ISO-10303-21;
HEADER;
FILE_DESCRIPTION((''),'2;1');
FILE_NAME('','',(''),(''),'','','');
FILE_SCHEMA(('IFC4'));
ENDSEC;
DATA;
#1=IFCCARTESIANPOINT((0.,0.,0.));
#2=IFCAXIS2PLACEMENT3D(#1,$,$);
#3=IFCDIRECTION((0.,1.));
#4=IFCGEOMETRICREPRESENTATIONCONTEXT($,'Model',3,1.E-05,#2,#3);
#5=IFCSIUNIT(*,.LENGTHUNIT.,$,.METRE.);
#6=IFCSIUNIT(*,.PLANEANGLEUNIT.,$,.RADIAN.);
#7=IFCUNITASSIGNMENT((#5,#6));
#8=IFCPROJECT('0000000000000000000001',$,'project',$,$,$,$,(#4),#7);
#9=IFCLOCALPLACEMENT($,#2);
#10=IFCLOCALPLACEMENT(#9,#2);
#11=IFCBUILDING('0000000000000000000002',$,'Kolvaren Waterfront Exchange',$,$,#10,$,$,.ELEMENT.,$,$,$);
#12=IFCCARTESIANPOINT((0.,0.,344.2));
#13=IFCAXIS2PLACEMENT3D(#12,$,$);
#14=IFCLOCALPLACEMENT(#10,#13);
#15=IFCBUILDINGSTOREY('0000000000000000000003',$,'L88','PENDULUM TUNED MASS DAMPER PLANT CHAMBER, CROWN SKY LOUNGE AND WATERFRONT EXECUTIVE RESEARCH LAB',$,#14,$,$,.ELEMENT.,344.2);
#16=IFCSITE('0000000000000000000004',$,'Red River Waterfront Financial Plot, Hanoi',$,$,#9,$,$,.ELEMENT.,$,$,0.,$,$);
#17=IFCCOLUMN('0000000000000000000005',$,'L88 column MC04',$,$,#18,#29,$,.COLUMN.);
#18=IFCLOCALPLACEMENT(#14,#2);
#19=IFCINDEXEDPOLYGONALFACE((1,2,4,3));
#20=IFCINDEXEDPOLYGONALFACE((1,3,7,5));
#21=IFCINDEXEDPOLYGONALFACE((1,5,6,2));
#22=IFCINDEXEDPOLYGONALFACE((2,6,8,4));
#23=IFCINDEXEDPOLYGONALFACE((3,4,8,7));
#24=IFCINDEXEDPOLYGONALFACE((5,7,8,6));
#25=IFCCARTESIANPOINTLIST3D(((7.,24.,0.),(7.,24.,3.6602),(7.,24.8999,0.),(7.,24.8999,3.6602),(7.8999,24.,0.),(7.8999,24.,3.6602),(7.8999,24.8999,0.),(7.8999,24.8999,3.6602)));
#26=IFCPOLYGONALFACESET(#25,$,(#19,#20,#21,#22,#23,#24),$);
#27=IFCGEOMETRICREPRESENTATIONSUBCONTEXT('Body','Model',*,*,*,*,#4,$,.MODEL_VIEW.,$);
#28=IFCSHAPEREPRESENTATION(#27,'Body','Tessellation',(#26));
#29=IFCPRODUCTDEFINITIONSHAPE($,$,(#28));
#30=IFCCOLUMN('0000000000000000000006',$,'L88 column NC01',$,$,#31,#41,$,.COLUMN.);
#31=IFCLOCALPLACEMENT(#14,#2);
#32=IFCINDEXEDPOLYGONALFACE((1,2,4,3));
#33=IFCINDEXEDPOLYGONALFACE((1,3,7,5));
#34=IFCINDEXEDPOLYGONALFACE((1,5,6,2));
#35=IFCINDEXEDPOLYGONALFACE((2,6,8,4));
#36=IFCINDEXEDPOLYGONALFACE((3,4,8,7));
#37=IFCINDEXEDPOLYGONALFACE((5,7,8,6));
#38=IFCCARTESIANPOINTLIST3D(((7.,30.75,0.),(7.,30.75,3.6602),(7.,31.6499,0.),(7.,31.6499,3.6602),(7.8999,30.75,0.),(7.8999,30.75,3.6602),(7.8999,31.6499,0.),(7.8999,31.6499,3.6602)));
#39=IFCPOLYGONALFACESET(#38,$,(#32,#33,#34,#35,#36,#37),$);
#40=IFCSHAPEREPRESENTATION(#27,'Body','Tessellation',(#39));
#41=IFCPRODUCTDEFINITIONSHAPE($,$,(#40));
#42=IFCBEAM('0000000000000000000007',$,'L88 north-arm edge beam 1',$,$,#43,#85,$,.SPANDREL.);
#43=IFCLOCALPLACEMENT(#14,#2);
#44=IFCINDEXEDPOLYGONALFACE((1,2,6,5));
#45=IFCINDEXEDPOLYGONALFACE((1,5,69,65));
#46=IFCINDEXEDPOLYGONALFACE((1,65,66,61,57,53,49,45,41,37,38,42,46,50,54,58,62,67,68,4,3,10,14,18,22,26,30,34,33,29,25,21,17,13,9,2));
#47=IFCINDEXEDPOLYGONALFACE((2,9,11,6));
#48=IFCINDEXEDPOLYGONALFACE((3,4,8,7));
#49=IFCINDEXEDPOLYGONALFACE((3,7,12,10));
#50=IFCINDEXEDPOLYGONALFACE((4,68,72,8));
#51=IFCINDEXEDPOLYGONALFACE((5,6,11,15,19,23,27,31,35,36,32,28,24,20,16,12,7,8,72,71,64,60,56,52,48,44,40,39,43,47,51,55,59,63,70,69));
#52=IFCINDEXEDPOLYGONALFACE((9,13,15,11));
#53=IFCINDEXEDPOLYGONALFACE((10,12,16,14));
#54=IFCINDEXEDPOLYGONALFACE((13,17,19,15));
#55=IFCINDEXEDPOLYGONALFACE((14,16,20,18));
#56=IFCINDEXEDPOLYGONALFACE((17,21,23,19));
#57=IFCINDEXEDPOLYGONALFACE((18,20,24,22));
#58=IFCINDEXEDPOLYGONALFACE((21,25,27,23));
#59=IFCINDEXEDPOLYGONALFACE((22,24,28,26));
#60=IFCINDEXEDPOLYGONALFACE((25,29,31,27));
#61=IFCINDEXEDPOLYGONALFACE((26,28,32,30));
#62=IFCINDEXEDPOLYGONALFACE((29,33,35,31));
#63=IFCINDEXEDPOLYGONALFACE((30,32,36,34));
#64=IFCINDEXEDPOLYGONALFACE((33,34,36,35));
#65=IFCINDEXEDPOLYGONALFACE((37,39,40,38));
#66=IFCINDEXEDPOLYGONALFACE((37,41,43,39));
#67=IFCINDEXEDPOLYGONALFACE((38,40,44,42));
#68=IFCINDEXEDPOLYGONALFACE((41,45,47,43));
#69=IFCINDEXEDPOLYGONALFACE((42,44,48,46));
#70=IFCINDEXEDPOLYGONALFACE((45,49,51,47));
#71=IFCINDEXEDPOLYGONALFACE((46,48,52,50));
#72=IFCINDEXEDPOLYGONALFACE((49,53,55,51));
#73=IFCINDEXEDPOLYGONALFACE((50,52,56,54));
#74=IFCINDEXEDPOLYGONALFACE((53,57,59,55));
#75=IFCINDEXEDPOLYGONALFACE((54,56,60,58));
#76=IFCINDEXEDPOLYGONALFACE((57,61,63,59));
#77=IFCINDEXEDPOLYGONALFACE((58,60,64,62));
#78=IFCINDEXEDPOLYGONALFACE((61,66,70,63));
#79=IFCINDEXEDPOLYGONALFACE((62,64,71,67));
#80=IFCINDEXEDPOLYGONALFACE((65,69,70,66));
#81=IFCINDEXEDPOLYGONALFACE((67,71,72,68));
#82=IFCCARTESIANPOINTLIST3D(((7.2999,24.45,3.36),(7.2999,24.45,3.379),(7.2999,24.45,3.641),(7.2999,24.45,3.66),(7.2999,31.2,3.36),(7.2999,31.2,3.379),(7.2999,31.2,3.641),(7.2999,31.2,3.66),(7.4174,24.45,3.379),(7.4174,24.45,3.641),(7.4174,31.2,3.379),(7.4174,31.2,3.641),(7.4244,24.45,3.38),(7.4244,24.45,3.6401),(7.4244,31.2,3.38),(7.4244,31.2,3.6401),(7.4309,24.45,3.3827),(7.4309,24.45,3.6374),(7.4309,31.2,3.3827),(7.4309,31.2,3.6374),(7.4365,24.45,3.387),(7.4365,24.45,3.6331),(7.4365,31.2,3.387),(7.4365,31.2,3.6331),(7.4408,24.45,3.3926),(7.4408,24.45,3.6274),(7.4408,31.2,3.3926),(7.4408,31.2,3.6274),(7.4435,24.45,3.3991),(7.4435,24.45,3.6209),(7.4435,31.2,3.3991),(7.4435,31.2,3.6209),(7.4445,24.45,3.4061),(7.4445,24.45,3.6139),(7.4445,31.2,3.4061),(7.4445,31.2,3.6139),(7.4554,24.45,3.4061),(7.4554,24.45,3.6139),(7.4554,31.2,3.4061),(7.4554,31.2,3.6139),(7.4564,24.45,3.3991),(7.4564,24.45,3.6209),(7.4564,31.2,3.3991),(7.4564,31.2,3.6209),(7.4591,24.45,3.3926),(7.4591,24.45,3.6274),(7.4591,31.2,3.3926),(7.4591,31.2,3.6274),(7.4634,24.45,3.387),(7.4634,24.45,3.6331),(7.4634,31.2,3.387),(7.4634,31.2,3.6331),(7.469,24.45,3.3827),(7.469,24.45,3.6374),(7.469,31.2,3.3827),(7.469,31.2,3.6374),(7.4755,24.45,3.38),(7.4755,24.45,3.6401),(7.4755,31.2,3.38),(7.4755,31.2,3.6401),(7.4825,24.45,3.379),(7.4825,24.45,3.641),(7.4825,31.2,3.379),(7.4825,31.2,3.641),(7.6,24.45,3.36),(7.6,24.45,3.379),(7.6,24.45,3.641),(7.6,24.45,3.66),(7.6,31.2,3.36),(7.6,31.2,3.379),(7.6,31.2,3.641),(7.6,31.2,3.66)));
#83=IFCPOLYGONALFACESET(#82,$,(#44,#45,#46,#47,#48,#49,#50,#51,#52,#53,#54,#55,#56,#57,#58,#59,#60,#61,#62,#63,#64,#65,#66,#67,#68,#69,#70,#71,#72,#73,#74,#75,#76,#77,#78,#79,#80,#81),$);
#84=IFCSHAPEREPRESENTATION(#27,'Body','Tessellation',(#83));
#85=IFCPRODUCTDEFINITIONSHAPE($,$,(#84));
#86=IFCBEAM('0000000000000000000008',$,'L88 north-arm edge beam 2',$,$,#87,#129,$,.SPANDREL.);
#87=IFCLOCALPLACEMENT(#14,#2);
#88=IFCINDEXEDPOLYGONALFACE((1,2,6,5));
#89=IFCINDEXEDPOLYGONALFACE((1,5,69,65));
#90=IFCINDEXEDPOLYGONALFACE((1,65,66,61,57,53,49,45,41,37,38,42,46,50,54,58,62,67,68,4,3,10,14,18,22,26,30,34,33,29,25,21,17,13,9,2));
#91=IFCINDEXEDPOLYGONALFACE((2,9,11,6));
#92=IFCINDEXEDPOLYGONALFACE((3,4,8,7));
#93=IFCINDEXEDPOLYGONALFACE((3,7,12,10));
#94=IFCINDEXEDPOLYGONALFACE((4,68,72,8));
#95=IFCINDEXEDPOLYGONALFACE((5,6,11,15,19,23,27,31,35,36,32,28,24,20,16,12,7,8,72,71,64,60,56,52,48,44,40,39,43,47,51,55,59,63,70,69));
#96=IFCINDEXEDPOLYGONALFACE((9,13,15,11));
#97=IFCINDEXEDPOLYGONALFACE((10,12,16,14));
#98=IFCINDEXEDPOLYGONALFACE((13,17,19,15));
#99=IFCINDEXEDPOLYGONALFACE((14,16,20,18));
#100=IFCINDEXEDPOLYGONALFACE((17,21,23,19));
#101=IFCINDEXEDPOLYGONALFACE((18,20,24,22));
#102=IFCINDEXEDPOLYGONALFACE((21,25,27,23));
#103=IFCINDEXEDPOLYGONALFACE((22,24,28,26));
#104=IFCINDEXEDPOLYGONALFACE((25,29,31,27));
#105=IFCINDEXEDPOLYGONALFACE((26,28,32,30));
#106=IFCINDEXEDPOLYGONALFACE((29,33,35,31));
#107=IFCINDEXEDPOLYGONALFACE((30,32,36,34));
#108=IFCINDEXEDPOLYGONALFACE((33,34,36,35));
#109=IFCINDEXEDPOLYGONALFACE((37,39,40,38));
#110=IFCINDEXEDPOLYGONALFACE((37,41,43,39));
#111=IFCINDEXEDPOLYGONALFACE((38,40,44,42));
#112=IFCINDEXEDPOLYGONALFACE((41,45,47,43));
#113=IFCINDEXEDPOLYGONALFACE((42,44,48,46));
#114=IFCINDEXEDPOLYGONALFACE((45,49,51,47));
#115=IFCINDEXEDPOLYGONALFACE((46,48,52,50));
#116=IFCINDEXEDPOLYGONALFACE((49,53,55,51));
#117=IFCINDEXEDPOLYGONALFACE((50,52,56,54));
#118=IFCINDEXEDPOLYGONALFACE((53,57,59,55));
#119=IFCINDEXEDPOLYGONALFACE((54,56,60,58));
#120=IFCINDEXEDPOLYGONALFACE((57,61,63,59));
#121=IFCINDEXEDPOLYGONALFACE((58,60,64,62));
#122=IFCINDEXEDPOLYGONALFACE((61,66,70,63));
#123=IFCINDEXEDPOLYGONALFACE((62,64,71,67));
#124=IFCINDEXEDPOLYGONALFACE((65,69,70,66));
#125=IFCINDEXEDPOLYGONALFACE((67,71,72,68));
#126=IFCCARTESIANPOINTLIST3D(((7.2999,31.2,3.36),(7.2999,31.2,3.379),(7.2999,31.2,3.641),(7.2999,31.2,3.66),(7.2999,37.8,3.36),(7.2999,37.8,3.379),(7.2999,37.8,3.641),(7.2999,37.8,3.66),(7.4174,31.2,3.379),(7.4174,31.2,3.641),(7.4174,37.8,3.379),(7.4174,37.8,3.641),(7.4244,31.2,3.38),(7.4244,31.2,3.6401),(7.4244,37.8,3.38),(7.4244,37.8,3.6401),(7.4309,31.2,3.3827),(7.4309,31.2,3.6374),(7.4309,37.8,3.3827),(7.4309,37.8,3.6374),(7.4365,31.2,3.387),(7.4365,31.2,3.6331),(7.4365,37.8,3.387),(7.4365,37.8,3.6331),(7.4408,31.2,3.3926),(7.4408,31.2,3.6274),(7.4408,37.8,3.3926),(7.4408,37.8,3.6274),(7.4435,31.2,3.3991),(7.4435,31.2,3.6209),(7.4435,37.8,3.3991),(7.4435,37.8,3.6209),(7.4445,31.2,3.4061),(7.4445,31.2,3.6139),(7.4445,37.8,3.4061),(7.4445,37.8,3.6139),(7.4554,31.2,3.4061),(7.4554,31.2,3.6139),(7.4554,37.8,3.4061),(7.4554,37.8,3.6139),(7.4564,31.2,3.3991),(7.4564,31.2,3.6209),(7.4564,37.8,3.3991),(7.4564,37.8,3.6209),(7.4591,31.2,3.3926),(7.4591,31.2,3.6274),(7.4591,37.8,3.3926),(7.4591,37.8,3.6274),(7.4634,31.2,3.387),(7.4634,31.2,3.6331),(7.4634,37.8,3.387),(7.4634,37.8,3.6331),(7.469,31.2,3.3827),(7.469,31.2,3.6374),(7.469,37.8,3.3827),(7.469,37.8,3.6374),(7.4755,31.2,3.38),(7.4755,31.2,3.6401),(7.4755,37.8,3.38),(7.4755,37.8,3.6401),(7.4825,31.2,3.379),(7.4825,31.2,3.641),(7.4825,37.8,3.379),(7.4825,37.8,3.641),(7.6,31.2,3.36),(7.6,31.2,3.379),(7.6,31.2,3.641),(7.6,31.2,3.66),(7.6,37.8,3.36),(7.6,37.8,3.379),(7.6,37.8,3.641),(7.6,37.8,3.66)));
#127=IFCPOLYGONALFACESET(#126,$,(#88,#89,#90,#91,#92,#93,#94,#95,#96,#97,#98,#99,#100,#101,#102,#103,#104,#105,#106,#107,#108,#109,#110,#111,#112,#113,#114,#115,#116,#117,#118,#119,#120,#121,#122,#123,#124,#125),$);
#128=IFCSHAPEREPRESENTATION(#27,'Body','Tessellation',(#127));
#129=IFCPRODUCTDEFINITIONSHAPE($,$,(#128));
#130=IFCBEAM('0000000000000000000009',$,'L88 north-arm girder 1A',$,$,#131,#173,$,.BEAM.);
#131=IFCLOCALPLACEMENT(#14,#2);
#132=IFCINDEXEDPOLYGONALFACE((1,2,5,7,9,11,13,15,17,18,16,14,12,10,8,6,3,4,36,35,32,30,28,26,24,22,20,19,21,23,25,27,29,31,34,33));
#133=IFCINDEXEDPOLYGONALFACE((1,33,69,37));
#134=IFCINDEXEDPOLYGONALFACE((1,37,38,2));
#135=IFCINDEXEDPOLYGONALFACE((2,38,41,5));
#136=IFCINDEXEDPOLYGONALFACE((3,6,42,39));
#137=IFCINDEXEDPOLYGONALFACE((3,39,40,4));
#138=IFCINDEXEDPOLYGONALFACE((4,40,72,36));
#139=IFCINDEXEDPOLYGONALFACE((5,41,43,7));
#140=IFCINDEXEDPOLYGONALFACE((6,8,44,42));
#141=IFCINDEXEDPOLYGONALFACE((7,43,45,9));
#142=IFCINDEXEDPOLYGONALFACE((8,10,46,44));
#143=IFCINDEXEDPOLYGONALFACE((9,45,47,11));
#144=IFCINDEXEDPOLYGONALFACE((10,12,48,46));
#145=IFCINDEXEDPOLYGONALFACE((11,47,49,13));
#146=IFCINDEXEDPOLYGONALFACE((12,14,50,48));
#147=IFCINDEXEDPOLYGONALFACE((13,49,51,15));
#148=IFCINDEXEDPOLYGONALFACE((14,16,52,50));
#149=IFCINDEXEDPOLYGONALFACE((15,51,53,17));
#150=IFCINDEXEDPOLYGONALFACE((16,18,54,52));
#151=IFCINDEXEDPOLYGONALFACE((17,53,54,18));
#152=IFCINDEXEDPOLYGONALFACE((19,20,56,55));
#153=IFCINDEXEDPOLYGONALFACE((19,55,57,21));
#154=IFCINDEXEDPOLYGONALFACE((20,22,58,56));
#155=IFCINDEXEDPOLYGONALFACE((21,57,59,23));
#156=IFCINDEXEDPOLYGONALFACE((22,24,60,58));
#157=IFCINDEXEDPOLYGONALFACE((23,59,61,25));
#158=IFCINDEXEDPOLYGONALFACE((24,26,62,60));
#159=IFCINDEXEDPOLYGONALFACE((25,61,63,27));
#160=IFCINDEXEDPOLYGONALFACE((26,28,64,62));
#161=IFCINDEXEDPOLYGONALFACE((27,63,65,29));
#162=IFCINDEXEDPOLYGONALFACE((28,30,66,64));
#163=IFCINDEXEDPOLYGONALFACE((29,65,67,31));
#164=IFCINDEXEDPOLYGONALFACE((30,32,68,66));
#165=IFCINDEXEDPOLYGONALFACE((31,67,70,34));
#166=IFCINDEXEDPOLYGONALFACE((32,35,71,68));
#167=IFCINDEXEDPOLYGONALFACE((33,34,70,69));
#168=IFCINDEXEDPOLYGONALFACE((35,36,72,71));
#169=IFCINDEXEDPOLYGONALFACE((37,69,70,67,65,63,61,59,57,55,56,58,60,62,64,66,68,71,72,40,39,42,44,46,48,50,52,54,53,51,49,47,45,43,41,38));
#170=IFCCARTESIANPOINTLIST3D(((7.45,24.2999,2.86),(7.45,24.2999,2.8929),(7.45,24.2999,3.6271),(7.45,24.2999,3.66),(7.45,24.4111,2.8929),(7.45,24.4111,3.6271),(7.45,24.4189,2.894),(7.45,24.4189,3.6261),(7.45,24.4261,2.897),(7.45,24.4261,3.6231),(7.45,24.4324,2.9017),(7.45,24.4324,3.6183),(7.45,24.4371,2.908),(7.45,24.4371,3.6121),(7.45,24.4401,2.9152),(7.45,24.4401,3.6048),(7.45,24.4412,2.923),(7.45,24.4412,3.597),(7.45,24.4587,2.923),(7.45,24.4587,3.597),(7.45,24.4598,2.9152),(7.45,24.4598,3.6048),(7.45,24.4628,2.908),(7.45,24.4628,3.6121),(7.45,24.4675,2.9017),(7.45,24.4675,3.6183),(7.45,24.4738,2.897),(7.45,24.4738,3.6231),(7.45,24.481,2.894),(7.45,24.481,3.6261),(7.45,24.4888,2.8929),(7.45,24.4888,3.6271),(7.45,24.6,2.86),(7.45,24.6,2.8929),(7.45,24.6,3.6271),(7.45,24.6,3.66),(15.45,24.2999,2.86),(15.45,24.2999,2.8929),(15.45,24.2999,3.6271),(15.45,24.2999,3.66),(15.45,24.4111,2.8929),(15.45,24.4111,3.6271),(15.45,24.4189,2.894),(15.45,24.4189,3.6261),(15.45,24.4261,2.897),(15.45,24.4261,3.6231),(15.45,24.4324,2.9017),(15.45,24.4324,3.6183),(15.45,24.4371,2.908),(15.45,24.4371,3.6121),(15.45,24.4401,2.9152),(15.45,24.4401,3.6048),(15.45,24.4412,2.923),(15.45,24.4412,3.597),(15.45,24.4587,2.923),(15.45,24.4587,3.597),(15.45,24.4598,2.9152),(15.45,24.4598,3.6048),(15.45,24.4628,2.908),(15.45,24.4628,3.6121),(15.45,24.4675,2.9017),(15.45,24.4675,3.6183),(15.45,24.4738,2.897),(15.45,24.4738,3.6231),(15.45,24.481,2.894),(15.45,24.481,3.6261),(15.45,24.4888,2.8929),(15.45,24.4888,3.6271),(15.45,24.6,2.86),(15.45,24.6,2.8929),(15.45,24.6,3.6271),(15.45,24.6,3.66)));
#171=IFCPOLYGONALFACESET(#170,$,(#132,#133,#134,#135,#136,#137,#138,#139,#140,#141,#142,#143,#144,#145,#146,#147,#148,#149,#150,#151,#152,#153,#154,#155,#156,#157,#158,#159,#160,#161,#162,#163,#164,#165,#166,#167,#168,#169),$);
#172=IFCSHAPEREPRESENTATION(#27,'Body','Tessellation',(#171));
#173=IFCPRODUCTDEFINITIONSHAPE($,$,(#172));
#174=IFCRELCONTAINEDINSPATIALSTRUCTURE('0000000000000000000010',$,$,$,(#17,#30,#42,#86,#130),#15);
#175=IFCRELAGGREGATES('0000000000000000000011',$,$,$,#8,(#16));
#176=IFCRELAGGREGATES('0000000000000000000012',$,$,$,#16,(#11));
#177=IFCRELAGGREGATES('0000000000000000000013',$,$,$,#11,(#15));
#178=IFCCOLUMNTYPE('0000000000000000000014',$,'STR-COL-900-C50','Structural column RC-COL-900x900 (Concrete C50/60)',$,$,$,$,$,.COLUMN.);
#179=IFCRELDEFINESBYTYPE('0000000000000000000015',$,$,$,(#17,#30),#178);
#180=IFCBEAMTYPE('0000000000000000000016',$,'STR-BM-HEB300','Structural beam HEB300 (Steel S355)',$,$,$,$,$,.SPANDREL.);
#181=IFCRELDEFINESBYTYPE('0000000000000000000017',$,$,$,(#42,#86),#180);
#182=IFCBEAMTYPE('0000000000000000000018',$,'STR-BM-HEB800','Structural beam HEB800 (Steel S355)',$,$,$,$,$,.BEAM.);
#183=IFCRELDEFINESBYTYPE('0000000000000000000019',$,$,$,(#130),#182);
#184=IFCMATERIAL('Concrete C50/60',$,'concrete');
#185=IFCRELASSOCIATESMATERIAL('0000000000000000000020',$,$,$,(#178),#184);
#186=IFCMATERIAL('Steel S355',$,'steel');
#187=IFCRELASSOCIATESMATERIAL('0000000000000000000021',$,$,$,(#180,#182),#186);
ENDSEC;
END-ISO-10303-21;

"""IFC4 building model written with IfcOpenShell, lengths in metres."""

from ifc_helpers import new_model, si_unit, direction, frame, origin, origin_2d, place, context, subcontext, project, spatial, rectangle, i_section, extrude, material, material_profile, profile_set, type_object, element, save


model = new_model("IFC4")

# Units and contexts
model_context = context("Model", 3, precision=1e-05, world=origin(), true_north=direction((0.0, 1.0)))
body_context = subcontext(model_context, "Body", "Model", "MODEL_VIEW")
ifc_project = project(units=[si_unit("LENGTHUNIT", "METRE"), si_unit("PLANEANGLEUNIT", "RADIAN")], contexts=[model_context])

# Site, building, storey
site_placement = place(None, origin())
site = spatial("IfcSite", under=ifc_project, at=site_placement, Name="Red River Waterfront Financial Plot, Hanoi", CompositionType="ELEMENT", RefElevation=0.0)
building_placement = place(site_placement, origin())
building = spatial("IfcBuilding", under=site, at=building_placement, Name="Kolvaren Waterfront Exchange", CompositionType="ELEMENT")
storey_placement = place(building_placement, frame((0.0, 0.0, 344.2)))
storey = spatial("IfcBuildingStorey", under=building, at=storey_placement, Name="L88", Description="PENDULUM TUNED MASS DAMPER PLANT CHAMBER, CROWN SKY LOUNGE AND WATERFRONT EXECUTIVE RESEARCH LAB", CompositionType="ELEMENT", Elevation=344.2)

# Columns
ifc_material_1 = material(Name="Concrete C50/60", Category="concrete")
ifc_material_profile_1 = material_profile(ifc_material_1, rectangle(XDim=0.8999, YDim=0.8999, at=origin_2d()), Name="RC-COL-900x900")
ifc_profile_set_1 = profile_set([ifc_material_profile_1], Name="Concrete C50/60")
column_type = type_object("IfcColumnType", Name="STR-COL-900-C50", Description="Structural column RC-COL-900x900 (Concrete C50/60)", PredefinedType="COLUMN", material=ifc_profile_set_1)
for number, where, z_axis, x_axis, name in (
    (1, (7.45, 24.45, 0.0), (0.0, 0.0, 1.0), (1.0, 0.0, 0.0), "L88 column MC04"),
    (2, (7.45, 31.2, 0.0), (0.0, 0.0, 1.0), (1.0, 0.0, 0.0), "L88 column NC01"),
):
    element("IfcColumn", number, at=place(storey_placement, frame(where, z_axis=z_axis, x_axis=x_axis)), inside=storey, type_object=column_type, Name=name, PredefinedType="COLUMN", context=body_context, shape_type="SweptSolid", body=[
        extrude(rectangle(XDim=0.8999, YDim=0.8999, at=origin_2d()), origin(), (0.0, 0.0, 1.0), 3.6602),
    ])

# Beams
ifc_material_2 = material(Name="Steel S355", Category="steel")
ifc_material_profile_2 = material_profile(ifc_material_2, i_section(OverallWidth=0.3, OverallDepth=0.3, WebThickness=0.011, FlangeThickness=0.019, FilletRadius=0.0271, at=origin_2d()), Name="HEB300")
ifc_profile_set_2 = profile_set([ifc_material_profile_2], Name="Steel S355")
beam_type_1 = type_object("IfcBeamType", Name="STR-BM-HEB300", Description="Structural beam HEB300 (Steel S355)", PredefinedType="SPANDREL", material=ifc_profile_set_2)
beam_1_placement = place(storey_placement, frame((7.45, 24.45, 3.51), z_axis=(0.0, 1.0, 0.0), x_axis=(-1.0, 0.0, 0.0)))
element("IfcBeam", 3, at=beam_1_placement, inside=storey, type_object=beam_type_1, Name="L88 north-arm edge beam 1", PredefinedType="SPANDREL", context=body_context, shape_type="SweptSolid", body=[
    extrude(i_section(OverallWidth=0.3, OverallDepth=0.3, WebThickness=0.011, FlangeThickness=0.019, FilletRadius=0.0271, at=origin_2d()), origin(), (0.0, 0.0, 1.0), 6.75),
])
beam_2_placement = place(storey_placement, frame((7.45, 31.2, 3.51), z_axis=(0.0, 1.0, 0.0), x_axis=(-1.0, 0.0, 0.0)))
element("IfcBeam", 4, at=beam_2_placement, inside=storey, type_object=beam_type_1, Name="L88 north-arm edge beam 2", PredefinedType="SPANDREL", context=body_context, shape_type="SweptSolid", body=[
    extrude(i_section(OverallWidth=0.3, OverallDepth=0.3, WebThickness=0.011, FlangeThickness=0.019, FilletRadius=0.0271, at=origin_2d()), origin(), (0.0, 0.0, 1.0), 6.6001),
])
ifc_material_profile_3 = material_profile(ifc_material_2, i_section(OverallWidth=0.3, OverallDepth=0.8, WebThickness=0.0176, FlangeThickness=0.033, FilletRadius=0.03, at=origin_2d()), Name="HEB800")
ifc_profile_set_3 = profile_set([ifc_material_profile_3], Name="Steel S355")
beam_type_2 = type_object("IfcBeamType", Name="STR-BM-HEB800", Description="Structural beam HEB800 (Steel S355)", PredefinedType="BEAM", material=ifc_profile_set_3)
beam_3_placement = place(storey_placement, frame((7.45, 24.45, 3.26), z_axis=(1.0, 0.0, 0.0), x_axis=(0.0, 1.0, 0.0)))
element("IfcBeam", 5, at=beam_3_placement, inside=storey, type_object=beam_type_2, Name="L88 north-arm girder 1A", PredefinedType="BEAM", context=body_context, shape_type="SweptSolid", body=[
    extrude(i_section(OverallWidth=0.3, OverallDepth=0.8, WebThickness=0.0176, FlangeThickness=0.033, FilletRadius=0.03, at=origin_2d()), origin(), (0.0, 0.0, 1.0), 8.0),
])

save(model, "model.ifc")
